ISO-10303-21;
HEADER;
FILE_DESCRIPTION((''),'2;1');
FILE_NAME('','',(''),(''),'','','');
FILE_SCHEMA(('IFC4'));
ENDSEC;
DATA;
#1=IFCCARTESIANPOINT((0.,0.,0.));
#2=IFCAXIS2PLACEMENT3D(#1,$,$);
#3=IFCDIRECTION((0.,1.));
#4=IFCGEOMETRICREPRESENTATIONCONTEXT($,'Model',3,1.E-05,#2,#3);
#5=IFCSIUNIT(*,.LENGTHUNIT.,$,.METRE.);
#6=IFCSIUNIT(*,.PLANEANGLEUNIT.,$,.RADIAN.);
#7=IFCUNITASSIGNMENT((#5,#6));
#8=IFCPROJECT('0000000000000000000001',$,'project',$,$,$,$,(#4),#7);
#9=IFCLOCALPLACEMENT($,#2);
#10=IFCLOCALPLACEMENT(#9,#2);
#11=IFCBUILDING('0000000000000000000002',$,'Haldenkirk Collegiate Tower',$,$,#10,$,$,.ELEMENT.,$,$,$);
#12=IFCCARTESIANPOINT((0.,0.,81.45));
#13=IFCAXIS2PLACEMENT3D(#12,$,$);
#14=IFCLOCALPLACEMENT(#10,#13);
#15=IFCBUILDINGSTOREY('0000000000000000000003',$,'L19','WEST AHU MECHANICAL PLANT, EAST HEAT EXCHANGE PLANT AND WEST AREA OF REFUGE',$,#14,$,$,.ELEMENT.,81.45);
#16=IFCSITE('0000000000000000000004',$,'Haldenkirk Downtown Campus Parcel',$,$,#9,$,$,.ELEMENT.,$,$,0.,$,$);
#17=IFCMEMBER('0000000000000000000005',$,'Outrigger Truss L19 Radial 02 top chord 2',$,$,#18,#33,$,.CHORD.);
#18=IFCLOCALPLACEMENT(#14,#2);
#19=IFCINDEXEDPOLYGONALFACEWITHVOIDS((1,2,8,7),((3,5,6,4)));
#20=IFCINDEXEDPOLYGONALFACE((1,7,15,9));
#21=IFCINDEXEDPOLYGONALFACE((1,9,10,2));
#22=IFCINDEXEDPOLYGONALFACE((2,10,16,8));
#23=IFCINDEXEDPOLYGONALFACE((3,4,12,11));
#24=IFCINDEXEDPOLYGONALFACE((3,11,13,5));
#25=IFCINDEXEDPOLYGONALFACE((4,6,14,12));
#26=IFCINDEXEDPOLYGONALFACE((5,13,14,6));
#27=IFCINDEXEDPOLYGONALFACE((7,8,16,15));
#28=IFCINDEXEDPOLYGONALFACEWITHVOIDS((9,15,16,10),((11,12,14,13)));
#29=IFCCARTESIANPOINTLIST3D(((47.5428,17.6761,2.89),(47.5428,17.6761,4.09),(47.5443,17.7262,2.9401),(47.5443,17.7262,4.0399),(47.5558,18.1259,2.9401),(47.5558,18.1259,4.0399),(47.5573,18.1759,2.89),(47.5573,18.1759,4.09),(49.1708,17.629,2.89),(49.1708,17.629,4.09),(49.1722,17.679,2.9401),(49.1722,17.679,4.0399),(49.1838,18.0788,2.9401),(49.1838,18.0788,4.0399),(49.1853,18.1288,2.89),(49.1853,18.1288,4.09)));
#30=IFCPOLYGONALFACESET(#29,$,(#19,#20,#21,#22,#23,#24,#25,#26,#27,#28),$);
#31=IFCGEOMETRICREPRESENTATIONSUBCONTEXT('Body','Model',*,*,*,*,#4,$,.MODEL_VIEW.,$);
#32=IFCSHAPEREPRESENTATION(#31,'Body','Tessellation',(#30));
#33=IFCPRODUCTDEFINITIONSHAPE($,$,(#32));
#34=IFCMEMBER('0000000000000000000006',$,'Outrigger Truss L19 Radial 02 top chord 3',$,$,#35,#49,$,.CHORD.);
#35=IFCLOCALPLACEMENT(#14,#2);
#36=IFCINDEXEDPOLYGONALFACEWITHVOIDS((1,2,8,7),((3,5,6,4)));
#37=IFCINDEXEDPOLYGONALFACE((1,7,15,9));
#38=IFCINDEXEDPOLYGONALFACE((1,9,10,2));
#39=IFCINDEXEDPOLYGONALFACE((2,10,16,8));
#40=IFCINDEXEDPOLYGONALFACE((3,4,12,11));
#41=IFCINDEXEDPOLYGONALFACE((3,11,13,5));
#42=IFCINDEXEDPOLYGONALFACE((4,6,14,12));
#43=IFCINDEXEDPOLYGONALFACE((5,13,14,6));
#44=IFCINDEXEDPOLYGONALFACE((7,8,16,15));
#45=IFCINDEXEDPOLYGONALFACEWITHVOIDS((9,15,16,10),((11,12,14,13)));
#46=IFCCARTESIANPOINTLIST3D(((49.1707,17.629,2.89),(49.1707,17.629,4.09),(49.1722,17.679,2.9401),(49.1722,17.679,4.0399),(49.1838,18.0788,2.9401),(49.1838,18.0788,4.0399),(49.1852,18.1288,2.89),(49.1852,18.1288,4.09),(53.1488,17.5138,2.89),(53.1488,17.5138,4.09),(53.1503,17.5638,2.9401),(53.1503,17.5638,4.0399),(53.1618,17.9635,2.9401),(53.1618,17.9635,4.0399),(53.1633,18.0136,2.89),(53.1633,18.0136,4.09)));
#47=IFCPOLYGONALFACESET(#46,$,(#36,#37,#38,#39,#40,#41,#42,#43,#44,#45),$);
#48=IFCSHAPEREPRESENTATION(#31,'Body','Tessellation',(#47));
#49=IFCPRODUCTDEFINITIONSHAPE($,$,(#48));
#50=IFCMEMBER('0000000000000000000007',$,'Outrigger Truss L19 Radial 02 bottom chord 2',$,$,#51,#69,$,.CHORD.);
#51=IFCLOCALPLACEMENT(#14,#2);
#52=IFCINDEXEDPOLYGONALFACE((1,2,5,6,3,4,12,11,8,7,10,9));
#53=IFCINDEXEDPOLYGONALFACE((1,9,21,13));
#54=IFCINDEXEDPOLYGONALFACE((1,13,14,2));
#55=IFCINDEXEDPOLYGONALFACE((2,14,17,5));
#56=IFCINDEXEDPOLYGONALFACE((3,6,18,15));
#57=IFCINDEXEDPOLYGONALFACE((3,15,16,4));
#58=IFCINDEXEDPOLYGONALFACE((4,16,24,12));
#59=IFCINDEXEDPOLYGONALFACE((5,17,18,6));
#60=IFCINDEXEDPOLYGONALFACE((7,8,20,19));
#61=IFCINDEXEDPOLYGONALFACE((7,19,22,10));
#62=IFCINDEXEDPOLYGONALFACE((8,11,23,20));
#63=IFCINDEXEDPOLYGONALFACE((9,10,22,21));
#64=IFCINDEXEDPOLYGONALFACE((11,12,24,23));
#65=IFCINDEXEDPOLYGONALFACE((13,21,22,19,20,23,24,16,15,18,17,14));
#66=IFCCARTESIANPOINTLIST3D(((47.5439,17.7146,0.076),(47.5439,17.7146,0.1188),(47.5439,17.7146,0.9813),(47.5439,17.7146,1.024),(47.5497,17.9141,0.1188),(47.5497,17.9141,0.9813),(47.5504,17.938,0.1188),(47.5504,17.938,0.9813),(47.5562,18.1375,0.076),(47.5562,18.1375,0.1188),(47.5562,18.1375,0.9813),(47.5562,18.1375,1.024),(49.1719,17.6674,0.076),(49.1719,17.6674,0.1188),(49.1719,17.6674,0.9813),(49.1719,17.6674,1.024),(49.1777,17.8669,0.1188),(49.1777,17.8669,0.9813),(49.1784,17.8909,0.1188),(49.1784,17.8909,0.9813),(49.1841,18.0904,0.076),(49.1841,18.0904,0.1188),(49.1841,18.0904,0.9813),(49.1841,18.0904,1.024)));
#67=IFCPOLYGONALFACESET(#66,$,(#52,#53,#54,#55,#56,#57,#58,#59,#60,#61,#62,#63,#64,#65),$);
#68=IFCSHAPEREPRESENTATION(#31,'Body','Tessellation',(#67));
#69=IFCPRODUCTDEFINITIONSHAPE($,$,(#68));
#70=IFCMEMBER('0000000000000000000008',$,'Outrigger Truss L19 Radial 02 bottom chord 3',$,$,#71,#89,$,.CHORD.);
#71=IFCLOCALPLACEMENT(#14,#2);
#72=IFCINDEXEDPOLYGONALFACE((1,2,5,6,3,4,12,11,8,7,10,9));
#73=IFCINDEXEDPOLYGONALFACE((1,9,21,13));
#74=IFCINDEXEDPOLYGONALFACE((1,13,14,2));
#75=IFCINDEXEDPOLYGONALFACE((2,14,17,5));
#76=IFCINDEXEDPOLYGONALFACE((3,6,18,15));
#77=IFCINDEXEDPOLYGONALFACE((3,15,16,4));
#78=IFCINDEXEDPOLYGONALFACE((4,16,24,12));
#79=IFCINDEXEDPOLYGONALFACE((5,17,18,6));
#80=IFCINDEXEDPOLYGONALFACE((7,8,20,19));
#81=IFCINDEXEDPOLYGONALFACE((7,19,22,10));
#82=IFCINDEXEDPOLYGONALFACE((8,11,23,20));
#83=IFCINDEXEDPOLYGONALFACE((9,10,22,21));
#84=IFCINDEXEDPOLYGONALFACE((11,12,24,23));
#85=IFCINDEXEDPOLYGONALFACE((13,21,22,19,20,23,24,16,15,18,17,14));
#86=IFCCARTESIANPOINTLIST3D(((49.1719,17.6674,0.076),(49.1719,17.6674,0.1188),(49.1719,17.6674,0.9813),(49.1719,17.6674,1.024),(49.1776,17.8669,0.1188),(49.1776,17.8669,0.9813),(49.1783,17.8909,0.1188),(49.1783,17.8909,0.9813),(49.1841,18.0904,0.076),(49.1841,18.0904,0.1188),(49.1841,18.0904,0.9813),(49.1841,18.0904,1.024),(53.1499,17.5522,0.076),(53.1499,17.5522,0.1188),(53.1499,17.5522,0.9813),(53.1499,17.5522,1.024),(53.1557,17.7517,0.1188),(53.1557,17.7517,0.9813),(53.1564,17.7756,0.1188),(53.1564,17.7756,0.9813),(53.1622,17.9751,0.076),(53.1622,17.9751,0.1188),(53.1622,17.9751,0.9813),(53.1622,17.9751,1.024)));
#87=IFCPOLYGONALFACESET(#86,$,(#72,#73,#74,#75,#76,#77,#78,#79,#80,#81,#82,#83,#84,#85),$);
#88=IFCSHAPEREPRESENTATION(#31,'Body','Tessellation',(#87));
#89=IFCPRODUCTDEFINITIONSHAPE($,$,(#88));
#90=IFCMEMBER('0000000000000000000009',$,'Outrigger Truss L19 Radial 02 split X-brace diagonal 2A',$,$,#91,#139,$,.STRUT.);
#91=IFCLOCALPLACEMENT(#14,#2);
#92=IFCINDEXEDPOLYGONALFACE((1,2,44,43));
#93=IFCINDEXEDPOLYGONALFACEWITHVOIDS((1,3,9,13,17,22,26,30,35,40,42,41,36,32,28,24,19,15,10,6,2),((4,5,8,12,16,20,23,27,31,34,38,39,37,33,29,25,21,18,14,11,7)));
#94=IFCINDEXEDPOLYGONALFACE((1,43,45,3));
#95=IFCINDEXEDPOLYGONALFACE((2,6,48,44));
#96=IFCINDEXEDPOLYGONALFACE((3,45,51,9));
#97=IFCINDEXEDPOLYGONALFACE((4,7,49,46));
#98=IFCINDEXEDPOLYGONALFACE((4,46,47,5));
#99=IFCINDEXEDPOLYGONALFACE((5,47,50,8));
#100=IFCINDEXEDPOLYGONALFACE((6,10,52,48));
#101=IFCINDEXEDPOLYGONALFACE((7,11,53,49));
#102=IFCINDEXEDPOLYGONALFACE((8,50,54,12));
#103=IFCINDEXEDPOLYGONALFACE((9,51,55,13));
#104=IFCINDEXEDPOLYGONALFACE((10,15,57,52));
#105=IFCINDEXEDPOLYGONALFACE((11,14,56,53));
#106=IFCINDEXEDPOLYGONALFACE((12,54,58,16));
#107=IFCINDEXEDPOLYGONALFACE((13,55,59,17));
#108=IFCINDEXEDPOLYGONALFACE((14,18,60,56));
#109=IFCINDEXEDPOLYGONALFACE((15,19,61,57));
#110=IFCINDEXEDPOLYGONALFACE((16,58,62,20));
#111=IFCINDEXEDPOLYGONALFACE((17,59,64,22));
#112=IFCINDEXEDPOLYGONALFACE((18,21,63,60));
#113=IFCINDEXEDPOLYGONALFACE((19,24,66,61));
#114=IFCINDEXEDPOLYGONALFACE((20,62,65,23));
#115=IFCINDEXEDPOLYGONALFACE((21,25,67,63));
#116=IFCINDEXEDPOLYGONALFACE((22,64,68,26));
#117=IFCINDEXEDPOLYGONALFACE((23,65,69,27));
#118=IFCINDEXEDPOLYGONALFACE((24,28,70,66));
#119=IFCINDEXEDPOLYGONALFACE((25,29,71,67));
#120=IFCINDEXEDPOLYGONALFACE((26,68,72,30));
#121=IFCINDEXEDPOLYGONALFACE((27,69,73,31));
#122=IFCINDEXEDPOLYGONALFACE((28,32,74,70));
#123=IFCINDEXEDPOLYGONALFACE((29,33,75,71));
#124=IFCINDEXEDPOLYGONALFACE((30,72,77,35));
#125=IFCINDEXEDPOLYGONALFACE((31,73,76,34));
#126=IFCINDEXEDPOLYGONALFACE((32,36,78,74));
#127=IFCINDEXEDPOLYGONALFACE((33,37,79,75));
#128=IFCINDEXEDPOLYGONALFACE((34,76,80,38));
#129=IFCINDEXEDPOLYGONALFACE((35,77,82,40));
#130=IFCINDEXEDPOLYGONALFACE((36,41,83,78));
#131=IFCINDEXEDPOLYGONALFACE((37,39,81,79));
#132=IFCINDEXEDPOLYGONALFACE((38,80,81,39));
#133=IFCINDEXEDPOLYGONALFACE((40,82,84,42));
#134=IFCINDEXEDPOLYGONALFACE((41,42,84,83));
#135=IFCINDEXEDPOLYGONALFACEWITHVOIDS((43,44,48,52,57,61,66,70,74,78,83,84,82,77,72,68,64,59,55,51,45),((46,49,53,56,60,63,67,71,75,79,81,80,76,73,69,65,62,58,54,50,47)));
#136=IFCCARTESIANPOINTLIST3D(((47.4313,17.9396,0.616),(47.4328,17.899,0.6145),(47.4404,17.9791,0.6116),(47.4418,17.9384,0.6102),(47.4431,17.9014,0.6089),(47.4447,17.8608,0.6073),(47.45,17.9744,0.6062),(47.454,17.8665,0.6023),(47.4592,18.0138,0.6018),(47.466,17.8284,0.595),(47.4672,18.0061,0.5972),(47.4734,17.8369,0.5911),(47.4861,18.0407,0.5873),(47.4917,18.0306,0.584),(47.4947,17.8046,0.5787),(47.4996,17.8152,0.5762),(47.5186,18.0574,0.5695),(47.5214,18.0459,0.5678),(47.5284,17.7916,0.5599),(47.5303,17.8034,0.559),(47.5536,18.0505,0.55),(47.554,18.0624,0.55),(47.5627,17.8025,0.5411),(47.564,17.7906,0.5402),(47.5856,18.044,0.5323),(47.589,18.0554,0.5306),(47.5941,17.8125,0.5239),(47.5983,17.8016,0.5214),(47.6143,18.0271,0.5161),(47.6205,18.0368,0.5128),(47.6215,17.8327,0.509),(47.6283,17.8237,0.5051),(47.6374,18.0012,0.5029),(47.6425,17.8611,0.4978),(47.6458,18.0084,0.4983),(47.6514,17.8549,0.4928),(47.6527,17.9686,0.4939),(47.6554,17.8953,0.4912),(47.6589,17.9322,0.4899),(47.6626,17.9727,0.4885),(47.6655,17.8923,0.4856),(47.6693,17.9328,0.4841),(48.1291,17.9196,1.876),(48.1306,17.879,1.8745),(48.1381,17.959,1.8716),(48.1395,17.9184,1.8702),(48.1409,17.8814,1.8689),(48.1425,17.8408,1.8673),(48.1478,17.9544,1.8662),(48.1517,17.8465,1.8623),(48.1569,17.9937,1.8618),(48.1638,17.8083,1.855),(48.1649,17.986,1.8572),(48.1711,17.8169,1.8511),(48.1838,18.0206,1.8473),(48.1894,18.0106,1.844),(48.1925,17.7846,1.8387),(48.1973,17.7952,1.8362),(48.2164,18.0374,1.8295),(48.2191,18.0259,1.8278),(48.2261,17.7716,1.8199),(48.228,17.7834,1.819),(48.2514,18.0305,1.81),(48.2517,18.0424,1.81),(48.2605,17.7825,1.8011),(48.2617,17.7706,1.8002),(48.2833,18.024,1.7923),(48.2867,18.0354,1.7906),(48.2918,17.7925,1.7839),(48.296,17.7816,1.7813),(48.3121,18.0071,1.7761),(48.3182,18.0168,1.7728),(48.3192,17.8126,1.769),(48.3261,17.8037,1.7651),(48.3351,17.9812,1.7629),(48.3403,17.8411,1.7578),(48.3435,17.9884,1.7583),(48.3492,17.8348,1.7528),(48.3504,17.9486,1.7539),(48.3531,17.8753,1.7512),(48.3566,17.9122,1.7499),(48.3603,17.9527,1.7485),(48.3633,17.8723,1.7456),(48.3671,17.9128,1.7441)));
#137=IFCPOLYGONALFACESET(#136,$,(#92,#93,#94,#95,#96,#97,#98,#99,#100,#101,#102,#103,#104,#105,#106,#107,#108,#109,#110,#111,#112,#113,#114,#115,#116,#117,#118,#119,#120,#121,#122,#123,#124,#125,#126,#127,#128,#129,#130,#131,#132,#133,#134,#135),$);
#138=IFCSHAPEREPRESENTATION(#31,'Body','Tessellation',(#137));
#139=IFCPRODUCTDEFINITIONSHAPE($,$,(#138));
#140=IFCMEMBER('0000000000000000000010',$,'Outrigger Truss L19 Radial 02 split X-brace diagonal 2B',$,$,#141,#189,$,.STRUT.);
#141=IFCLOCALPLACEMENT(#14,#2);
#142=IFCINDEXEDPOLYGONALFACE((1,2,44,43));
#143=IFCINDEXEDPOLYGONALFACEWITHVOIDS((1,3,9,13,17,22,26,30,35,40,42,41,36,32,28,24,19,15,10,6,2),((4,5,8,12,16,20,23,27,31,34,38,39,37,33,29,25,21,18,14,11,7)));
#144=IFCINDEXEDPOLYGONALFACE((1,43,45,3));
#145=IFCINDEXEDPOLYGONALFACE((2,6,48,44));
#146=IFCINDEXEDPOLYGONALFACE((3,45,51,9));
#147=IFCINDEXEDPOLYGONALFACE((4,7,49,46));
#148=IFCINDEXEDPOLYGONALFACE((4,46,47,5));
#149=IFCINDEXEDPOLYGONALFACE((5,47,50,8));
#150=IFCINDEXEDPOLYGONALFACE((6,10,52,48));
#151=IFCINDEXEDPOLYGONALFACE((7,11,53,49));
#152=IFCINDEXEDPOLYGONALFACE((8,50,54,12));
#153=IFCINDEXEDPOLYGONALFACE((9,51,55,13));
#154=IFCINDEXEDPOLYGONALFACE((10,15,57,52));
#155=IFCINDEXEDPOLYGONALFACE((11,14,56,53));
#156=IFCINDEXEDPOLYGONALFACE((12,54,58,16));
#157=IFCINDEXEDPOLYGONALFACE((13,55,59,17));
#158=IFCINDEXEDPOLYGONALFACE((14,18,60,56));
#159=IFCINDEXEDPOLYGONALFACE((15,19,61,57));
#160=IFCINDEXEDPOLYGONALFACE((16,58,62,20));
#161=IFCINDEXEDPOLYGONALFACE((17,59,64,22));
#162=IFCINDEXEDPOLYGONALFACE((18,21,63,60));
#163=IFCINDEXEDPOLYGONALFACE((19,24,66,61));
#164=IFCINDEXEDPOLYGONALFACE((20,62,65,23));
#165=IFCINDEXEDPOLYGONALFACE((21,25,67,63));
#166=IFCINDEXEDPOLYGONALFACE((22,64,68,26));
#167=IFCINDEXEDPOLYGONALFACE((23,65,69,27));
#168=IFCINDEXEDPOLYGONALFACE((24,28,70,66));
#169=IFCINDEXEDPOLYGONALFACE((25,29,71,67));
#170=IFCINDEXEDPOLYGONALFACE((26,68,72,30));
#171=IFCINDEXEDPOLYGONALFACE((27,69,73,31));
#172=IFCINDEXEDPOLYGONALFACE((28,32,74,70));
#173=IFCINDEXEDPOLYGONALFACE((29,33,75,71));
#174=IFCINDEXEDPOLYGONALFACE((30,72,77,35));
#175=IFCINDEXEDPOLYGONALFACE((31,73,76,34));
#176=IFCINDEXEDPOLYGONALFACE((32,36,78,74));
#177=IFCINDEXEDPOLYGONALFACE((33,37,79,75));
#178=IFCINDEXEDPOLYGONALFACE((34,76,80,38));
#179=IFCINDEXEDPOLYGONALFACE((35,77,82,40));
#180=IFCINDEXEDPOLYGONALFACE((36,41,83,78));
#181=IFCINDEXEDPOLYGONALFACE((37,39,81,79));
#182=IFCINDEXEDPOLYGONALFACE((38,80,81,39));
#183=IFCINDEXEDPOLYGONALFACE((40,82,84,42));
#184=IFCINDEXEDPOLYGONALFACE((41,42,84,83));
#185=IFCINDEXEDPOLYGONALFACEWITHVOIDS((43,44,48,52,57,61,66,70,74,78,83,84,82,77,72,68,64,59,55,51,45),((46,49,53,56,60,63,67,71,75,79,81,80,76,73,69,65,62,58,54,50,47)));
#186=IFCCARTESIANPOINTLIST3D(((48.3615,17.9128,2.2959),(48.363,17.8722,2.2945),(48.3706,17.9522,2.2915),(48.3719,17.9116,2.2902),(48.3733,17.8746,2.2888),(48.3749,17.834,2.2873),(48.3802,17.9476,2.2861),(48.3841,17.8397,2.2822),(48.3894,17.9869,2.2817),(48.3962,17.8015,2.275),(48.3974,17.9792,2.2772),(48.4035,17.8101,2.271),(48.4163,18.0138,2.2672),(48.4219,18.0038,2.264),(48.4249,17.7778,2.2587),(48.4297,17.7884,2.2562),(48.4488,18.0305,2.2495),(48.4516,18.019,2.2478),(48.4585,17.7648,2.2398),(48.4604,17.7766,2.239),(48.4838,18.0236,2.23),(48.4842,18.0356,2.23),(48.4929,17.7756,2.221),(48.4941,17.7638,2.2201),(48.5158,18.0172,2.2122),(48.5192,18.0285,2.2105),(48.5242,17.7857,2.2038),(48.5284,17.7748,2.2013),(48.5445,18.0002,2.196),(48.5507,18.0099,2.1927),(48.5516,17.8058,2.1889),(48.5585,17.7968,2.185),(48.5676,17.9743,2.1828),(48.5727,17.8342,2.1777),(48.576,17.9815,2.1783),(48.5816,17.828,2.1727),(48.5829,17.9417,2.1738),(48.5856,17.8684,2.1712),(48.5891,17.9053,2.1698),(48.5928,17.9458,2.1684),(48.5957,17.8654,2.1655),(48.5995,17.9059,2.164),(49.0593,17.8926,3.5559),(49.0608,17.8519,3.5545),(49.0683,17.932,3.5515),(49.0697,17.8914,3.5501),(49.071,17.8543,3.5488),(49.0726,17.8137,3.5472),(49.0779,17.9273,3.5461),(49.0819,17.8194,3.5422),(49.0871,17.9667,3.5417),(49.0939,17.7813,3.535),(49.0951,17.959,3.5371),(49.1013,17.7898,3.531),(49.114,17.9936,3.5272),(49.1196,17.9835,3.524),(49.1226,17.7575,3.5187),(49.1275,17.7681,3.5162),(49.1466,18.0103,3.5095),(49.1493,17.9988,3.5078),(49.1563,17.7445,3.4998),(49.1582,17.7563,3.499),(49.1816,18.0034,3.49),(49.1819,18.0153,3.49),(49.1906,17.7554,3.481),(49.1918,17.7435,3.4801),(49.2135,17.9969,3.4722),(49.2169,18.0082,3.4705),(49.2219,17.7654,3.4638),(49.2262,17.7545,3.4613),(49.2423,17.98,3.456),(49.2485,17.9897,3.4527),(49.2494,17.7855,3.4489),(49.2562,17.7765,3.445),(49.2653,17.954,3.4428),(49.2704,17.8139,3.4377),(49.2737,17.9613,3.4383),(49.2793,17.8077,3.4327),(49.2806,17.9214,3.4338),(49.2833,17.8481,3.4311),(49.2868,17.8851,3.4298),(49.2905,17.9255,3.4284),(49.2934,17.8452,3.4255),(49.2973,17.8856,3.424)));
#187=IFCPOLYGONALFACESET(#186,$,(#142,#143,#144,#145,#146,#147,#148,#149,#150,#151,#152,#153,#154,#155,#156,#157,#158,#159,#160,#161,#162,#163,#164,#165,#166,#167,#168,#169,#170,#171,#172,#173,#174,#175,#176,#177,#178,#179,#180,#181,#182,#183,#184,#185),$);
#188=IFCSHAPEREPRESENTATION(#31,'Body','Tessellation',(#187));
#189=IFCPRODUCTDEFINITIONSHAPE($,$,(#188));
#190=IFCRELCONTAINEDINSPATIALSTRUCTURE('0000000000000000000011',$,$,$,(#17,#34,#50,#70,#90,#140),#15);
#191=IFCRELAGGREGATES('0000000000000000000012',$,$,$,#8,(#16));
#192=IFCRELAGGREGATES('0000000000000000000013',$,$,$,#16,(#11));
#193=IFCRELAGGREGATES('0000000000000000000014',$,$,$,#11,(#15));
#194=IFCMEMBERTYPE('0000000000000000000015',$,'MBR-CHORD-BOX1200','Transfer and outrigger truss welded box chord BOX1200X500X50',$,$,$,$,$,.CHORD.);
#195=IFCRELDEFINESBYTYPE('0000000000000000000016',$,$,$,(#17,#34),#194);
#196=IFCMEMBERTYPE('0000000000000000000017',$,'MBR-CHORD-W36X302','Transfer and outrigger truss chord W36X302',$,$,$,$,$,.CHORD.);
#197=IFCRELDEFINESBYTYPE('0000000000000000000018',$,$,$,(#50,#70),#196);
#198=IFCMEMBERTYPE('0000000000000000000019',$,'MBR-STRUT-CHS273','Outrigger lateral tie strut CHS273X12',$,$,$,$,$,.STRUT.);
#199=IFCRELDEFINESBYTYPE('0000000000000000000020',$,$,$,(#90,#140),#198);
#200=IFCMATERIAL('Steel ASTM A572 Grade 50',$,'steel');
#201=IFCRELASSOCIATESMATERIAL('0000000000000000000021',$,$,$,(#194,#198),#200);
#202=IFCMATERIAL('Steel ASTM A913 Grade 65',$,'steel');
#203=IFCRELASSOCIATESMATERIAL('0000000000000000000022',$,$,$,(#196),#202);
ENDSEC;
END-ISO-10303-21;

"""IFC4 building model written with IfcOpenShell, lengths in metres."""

from ifc_helpers import new_model, si_unit, direction, frame, origin, origin_2d, place, context, subcontext, project, spatial, hollow_rectangle, hollow_circle, i_section, extrude, material, material_profile, profile_set, type_object, element, save


model = new_model("IFC4")

# Units and contexts
model_context = context("Model", 3, precision=1e-05, world=origin(), true_north=direction((0.0, 1.0)))
body_context = subcontext(model_context, "Body", "Model", "MODEL_VIEW")
ifc_project = project(units=[si_unit("LENGTHUNIT", "METRE"), si_unit("PLANEANGLEUNIT", "RADIAN")], contexts=[model_context])

# Site, building, storey
site_placement = place(None, origin())
site = spatial("IfcSite", under=ifc_project, at=site_placement, Name="Haldenkirk Downtown Campus Parcel", CompositionType="ELEMENT", RefElevation=0.0)
building_placement = place(site_placement, origin())
building = spatial("IfcBuilding", under=site, at=building_placement, Name="Haldenkirk Collegiate Tower", CompositionType="ELEMENT")
storey_placement = place(building_placement, frame((0.0, 0.0, 81.45)))
storey = spatial("IfcBuildingStorey", under=building, at=storey_placement, Name="L19", Description="WEST AHU MECHANICAL PLANT, EAST HEAT EXCHANGE PLANT AND WEST AREA OF REFUGE", CompositionType="ELEMENT", Elevation=81.45)

# Members
ifc_material_1 = material(Name="Steel ASTM A572 Grade 50", Category="steel")
ifc_material_profile_1 = material_profile(ifc_material_1, hollow_rectangle(XDim=0.5, YDim=1.2, WallThickness=0.05, at=origin_2d()), Name="BOX1200X500X50")
ifc_profile_set_1 = profile_set([ifc_material_profile_1], Name="Steel ASTM A572 Grade 50")
member_type_1 = type_object("IfcMemberType", Name="MBR-CHORD-BOX1200", Description="Transfer and outrigger truss welded box chord BOX1200X500X50", PredefinedType="CHORD", material=ifc_profile_set_1)
member_1_placement = place(storey_placement, frame((47.55, 17.926, 3.49), z_axis=(0.999581, -0.028932, 0.0), x_axis=(0.028932, 0.999581, 0.0)))
element("IfcMember", 1, at=member_1_placement, inside=storey, type_object=member_type_1, Name="Outrigger Truss L19 Radial 02 top chord 2", PredefinedType="CHORD", context=body_context, shape_type="SweptSolid", body=[
    extrude(hollow_rectangle(XDim=0.5, YDim=1.2, WallThickness=0.05, at=origin_2d()), origin(), (0.0, 0.0, 1.0), 1.6287),
])
member_2_placement = place(storey_placement, frame((49.178, 17.8789, 3.49), z_axis=(0.999581, -0.028956, 0.0), x_axis=(0.028956, 0.999581, 0.0)))
element("IfcMember", 2, at=member_2_placement, inside=storey, type_object=member_type_1, Name="Outrigger Truss L19 Radial 02 top chord 3", PredefinedType="CHORD", context=body_context, shape_type="SweptSolid", body=[
    extrude(hollow_rectangle(XDim=0.5, YDim=1.2, WallThickness=0.05, at=origin_2d()), origin(), (0.0, 0.0, 1.0), 3.9797),
])
ifc_material_2 = material(Name="Steel ASTM A913 Grade 65", Category="steel")
ifc_material_profile_2 = material_profile(ifc_material_2, i_section(OverallWidth=0.4231, OverallDepth=0.948, WebThickness=0.0239, FlangeThickness=0.0427, at=origin_2d()), Name="W36X302")
ifc_profile_set_2 = profile_set([ifc_material_profile_2], Name="Steel ASTM A913 Grade 65")
member_type_2 = type_object("IfcMemberType", Name="MBR-CHORD-W36X302", Description="Transfer and outrigger truss chord W36X302", PredefinedType="CHORD", material=ifc_profile_set_2)
member_3_placement = place(storey_placement, frame((47.55, 17.926, 0.55), z_axis=(0.999581, -0.028932, 0.0), x_axis=(0.028932, 0.999581, 0.0)))
element("IfcMember", 3, at=member_3_placement, inside=storey, type_object=member_type_2, Name="Outrigger Truss L19 Radial 02 bottom chord 2", PredefinedType="CHORD", context=body_context, shape_type="SweptSolid", body=[
    extrude(i_section(OverallWidth=0.4231, OverallDepth=0.948, WebThickness=0.0239, FlangeThickness=0.0427, at=origin_2d()), origin(), (0.0, 0.0, 1.0), 1.6287),
])
member_4_placement = place(storey_placement, frame((49.178, 17.8789, 0.55), z_axis=(0.999581, -0.028956, 0.0), x_axis=(0.028956, 0.999581, 0.0)))
element("IfcMember", 4, at=member_4_placement, inside=storey, type_object=member_type_2, Name="Outrigger Truss L19 Radial 02 bottom chord 3", PredefinedType="CHORD", context=body_context, shape_type="SweptSolid", body=[
    extrude(i_section(OverallWidth=0.4231, OverallDepth=0.948, WebThickness=0.0239, FlangeThickness=0.0427, at=origin_2d()), origin(), (0.0, 0.0, 1.0), 3.9797),
])
ifc_material_profile_3 = material_profile(ifc_material_1, hollow_circle(Radius=0.1365, WallThickness=0.012, at=origin_2d()), Name="CHS273X12")
ifc_profile_set_3 = profile_set([ifc_material_profile_3], Name="Steel ASTM A572 Grade 50")
member_type_3 = type_object("IfcMemberType", Name="MBR-STRUT-CHS273", Description="Outrigger lateral tie strut CHS273X12", PredefinedType="STRUT", material=ifc_profile_set_3)
for number, where, z_axis, x_axis, name in (
    (5, (47.55, 17.926, 0.55), (0.484401, -0.013898, 0.874736), (0.02868, 0.999589, 0.0), "Outrigger Truss L19 Radial 02 split X-brace diagonal 2A"),
    (6, (48.4802, 17.8992, 2.23), (0.4844, -0.014068, 0.874734), (0.029029, 0.999579, 0.0), "Outrigger Truss L19 Radial 02 split X-brace diagonal 2B"),
):
    element("IfcMember", number, at=place(storey_placement, frame(where, z_axis=z_axis, x_axis=x_axis)), inside=storey, type_object=member_type_3, Name=name, PredefinedType="STRUT", context=body_context, shape_type="SweptSolid", body=[
        extrude(hollow_circle(Radius=0.1365, WallThickness=0.012, at=origin_2d()), origin(), (0.0, 0.0, 1.0), 1.4404),
    ])

save(model, "model.ifc")
